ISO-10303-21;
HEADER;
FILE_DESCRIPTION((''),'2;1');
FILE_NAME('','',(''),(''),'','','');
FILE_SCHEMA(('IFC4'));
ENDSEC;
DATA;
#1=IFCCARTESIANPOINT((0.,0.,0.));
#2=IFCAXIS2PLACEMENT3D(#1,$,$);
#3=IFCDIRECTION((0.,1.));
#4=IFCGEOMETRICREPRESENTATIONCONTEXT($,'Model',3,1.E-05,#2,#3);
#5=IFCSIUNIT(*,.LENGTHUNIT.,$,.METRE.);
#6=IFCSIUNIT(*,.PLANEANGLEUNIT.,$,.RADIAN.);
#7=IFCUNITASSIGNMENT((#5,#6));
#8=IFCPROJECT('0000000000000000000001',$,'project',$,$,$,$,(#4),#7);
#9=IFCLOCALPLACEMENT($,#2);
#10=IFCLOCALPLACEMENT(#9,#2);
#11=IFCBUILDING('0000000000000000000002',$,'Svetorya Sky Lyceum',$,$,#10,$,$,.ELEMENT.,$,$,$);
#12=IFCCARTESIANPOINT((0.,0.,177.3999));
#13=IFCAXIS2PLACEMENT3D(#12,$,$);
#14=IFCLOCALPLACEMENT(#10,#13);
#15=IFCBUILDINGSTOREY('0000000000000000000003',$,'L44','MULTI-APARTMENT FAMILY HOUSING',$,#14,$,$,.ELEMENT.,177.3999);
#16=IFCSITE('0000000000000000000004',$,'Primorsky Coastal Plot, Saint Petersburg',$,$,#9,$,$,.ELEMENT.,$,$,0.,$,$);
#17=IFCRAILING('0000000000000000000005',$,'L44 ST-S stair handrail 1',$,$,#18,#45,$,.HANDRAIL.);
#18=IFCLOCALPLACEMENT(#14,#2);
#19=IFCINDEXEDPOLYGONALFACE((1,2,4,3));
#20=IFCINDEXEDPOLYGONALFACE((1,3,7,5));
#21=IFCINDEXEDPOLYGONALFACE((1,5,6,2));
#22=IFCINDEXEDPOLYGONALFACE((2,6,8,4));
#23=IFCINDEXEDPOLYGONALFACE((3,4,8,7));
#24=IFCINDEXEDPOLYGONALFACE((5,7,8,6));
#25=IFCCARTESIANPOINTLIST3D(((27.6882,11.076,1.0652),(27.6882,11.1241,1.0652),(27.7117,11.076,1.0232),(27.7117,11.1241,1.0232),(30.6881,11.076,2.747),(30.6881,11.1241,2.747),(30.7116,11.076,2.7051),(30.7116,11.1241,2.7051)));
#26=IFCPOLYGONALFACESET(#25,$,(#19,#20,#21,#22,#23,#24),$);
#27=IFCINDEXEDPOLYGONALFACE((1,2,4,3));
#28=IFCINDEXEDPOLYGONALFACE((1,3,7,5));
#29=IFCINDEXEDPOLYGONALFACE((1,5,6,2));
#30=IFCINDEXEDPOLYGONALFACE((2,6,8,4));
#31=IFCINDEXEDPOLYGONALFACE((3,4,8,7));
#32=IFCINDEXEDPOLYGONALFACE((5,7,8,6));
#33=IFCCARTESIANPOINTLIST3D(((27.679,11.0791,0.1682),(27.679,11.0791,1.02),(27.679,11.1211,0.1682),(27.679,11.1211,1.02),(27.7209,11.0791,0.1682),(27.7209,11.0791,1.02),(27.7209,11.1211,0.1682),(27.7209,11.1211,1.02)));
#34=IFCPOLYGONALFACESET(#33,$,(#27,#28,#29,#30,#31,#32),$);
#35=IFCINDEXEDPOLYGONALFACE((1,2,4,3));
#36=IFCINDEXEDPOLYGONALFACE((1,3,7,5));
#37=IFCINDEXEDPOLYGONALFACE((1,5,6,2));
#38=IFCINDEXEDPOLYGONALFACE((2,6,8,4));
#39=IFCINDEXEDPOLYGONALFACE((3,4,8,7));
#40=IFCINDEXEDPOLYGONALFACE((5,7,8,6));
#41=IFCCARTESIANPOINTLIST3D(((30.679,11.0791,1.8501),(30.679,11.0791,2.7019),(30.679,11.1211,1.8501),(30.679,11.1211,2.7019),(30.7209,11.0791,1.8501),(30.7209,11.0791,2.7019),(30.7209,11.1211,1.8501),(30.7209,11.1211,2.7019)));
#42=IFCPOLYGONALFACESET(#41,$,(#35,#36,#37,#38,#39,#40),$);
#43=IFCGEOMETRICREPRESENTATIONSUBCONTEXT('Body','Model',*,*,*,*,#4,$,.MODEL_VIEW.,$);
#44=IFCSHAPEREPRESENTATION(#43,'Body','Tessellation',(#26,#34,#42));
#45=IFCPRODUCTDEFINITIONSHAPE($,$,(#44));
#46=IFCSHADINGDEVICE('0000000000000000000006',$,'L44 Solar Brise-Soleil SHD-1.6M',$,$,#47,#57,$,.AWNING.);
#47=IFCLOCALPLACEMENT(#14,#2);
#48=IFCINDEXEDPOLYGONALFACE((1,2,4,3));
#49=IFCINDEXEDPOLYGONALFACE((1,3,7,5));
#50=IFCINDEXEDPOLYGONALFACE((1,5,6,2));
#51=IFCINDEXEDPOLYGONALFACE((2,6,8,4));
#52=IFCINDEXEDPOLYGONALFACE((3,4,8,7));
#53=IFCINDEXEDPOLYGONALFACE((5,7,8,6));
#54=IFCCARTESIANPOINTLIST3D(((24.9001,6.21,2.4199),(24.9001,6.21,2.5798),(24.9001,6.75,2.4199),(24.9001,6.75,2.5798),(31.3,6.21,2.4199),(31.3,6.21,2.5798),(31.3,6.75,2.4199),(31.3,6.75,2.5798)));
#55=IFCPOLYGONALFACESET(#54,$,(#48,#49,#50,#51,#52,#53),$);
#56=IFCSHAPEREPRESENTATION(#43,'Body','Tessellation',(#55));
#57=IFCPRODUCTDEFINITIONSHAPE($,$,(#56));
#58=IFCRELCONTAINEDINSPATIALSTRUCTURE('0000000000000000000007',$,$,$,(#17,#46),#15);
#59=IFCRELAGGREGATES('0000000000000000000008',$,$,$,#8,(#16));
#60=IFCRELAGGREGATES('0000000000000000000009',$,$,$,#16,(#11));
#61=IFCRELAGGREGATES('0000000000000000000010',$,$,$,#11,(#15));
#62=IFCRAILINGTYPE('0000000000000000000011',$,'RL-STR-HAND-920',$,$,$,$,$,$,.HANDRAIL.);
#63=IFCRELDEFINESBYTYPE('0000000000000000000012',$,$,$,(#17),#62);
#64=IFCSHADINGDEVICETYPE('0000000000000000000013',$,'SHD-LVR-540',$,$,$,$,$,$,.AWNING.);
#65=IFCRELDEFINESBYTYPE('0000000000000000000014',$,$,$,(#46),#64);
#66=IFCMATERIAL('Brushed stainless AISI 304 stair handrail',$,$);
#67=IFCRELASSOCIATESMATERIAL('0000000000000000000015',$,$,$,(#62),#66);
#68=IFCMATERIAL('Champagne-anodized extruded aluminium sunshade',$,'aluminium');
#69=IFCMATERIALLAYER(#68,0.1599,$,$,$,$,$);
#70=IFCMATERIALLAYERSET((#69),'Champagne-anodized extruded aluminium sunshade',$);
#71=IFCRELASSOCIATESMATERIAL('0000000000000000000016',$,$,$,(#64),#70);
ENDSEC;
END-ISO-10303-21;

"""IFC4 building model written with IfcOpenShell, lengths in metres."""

from ifc_helpers import new_model, si_unit, direction, frame, origin, origin_2d, place, context, subcontext, project, spatial, rectangle, extrude, material, layer, layer_set, type_object, element, save


model = new_model("IFC4")

# Units and contexts
model_context = context("Model", 3, precision=1e-05, world=origin(), true_north=direction((0.0, 1.0)))
body_context = subcontext(model_context, "Body", "Model", "MODEL_VIEW")
ifc_project = project(units=[si_unit("LENGTHUNIT", "METRE"), si_unit("PLANEANGLEUNIT", "RADIAN")], contexts=[model_context])

# Site, building, storey
site_placement = place(None, origin())
site = spatial("IfcSite", under=ifc_project, at=site_placement, Name="Primorsky Coastal Plot, Saint Petersburg", CompositionType="ELEMENT", RefElevation=0.0)
building_placement = place(site_placement, origin())
building = spatial("IfcBuilding", under=site, at=building_placement, Name="Svetorya Sky Lyceum", CompositionType="ELEMENT")
storey_placement = place(building_placement, frame((0.0, 0.0, 177.3999)))
storey = spatial("IfcBuildingStorey", under=building, at=storey_placement, Name="L44", Description="MULTI-APARTMENT FAMILY HOUSING", CompositionType="ELEMENT", Elevation=177.3999)

# Railing
ifc_material_1 = material(Name="Brushed stainless AISI 304 stair handrail")
railing_type_1 = type_object("IfcRailingType", Name="RL-STR-HAND-920", PredefinedType="HANDRAIL", material=ifc_material_1)
railing_1_placement = place(storey_placement, frame((27.7, 11.1001, 0.1682)))
element("IfcRailing", 1, at=railing_1_placement, inside=storey, type_object=railing_type_1, Name="L44 ST-S stair handrail 1", PredefinedType="HANDRAIL", context=body_context, shape_type="SweptSolid", body=[
    extrude(rectangle(XDim=0.0481, YDim=0.0481, at=origin_2d()), frame((0.0, 0.0, 0.876), z_axis=(0.872272, 0.0, 0.48902), x_axis=(0.0, 1.0, 0.0)), (0.0, 0.0, 1.0), 3.4392),
    extrude(rectangle(XDim=0.042, YDim=0.042, at=origin_2d()), origin(), (0.0, 0.0, 1.0), 0.8518),
    extrude(rectangle(XDim=0.042, YDim=0.042, at=origin_2d()), frame((3.0, 0.0, 1.6819)), (0.0, 0.0, 1.0), 0.8518),
])

# Shading device
ifc_material_2 = material(Name="Champagne-anodized extruded aluminium sunshade", Category="aluminium")
ifc_layer_1 = layer(ifc_material_2, 0.1599)
ifc_layer_set_1 = layer_set([ifc_layer_1], Name="Champagne-anodized extruded aluminium sunshade")
shading_device_type = type_object("IfcShadingDeviceType", Name="SHD-LVR-540", PredefinedType="AWNING", material=ifc_layer_set_1)
shading_device_placement = place(storey_placement, frame((28.1001, 6.48, 2.4199), z_axis=(0.0, 0.0, 1.0), x_axis=(1.0, 0.0, 0.0)))
element("IfcShadingDevice", 2, at=shading_device_placement, inside=storey, type_object=shading_device_type, Name="L44 Solar Brise-Soleil SHD-1.6M", PredefinedType="AWNING", context=body_context, shape_type="SweptSolid", body=[
    extrude(rectangle(XDim=6.3999, YDim=0.54, at=origin_2d()), origin(), (0.0, 0.0, 1.0), 0.1599),
])

save(model, "model.ifc")
